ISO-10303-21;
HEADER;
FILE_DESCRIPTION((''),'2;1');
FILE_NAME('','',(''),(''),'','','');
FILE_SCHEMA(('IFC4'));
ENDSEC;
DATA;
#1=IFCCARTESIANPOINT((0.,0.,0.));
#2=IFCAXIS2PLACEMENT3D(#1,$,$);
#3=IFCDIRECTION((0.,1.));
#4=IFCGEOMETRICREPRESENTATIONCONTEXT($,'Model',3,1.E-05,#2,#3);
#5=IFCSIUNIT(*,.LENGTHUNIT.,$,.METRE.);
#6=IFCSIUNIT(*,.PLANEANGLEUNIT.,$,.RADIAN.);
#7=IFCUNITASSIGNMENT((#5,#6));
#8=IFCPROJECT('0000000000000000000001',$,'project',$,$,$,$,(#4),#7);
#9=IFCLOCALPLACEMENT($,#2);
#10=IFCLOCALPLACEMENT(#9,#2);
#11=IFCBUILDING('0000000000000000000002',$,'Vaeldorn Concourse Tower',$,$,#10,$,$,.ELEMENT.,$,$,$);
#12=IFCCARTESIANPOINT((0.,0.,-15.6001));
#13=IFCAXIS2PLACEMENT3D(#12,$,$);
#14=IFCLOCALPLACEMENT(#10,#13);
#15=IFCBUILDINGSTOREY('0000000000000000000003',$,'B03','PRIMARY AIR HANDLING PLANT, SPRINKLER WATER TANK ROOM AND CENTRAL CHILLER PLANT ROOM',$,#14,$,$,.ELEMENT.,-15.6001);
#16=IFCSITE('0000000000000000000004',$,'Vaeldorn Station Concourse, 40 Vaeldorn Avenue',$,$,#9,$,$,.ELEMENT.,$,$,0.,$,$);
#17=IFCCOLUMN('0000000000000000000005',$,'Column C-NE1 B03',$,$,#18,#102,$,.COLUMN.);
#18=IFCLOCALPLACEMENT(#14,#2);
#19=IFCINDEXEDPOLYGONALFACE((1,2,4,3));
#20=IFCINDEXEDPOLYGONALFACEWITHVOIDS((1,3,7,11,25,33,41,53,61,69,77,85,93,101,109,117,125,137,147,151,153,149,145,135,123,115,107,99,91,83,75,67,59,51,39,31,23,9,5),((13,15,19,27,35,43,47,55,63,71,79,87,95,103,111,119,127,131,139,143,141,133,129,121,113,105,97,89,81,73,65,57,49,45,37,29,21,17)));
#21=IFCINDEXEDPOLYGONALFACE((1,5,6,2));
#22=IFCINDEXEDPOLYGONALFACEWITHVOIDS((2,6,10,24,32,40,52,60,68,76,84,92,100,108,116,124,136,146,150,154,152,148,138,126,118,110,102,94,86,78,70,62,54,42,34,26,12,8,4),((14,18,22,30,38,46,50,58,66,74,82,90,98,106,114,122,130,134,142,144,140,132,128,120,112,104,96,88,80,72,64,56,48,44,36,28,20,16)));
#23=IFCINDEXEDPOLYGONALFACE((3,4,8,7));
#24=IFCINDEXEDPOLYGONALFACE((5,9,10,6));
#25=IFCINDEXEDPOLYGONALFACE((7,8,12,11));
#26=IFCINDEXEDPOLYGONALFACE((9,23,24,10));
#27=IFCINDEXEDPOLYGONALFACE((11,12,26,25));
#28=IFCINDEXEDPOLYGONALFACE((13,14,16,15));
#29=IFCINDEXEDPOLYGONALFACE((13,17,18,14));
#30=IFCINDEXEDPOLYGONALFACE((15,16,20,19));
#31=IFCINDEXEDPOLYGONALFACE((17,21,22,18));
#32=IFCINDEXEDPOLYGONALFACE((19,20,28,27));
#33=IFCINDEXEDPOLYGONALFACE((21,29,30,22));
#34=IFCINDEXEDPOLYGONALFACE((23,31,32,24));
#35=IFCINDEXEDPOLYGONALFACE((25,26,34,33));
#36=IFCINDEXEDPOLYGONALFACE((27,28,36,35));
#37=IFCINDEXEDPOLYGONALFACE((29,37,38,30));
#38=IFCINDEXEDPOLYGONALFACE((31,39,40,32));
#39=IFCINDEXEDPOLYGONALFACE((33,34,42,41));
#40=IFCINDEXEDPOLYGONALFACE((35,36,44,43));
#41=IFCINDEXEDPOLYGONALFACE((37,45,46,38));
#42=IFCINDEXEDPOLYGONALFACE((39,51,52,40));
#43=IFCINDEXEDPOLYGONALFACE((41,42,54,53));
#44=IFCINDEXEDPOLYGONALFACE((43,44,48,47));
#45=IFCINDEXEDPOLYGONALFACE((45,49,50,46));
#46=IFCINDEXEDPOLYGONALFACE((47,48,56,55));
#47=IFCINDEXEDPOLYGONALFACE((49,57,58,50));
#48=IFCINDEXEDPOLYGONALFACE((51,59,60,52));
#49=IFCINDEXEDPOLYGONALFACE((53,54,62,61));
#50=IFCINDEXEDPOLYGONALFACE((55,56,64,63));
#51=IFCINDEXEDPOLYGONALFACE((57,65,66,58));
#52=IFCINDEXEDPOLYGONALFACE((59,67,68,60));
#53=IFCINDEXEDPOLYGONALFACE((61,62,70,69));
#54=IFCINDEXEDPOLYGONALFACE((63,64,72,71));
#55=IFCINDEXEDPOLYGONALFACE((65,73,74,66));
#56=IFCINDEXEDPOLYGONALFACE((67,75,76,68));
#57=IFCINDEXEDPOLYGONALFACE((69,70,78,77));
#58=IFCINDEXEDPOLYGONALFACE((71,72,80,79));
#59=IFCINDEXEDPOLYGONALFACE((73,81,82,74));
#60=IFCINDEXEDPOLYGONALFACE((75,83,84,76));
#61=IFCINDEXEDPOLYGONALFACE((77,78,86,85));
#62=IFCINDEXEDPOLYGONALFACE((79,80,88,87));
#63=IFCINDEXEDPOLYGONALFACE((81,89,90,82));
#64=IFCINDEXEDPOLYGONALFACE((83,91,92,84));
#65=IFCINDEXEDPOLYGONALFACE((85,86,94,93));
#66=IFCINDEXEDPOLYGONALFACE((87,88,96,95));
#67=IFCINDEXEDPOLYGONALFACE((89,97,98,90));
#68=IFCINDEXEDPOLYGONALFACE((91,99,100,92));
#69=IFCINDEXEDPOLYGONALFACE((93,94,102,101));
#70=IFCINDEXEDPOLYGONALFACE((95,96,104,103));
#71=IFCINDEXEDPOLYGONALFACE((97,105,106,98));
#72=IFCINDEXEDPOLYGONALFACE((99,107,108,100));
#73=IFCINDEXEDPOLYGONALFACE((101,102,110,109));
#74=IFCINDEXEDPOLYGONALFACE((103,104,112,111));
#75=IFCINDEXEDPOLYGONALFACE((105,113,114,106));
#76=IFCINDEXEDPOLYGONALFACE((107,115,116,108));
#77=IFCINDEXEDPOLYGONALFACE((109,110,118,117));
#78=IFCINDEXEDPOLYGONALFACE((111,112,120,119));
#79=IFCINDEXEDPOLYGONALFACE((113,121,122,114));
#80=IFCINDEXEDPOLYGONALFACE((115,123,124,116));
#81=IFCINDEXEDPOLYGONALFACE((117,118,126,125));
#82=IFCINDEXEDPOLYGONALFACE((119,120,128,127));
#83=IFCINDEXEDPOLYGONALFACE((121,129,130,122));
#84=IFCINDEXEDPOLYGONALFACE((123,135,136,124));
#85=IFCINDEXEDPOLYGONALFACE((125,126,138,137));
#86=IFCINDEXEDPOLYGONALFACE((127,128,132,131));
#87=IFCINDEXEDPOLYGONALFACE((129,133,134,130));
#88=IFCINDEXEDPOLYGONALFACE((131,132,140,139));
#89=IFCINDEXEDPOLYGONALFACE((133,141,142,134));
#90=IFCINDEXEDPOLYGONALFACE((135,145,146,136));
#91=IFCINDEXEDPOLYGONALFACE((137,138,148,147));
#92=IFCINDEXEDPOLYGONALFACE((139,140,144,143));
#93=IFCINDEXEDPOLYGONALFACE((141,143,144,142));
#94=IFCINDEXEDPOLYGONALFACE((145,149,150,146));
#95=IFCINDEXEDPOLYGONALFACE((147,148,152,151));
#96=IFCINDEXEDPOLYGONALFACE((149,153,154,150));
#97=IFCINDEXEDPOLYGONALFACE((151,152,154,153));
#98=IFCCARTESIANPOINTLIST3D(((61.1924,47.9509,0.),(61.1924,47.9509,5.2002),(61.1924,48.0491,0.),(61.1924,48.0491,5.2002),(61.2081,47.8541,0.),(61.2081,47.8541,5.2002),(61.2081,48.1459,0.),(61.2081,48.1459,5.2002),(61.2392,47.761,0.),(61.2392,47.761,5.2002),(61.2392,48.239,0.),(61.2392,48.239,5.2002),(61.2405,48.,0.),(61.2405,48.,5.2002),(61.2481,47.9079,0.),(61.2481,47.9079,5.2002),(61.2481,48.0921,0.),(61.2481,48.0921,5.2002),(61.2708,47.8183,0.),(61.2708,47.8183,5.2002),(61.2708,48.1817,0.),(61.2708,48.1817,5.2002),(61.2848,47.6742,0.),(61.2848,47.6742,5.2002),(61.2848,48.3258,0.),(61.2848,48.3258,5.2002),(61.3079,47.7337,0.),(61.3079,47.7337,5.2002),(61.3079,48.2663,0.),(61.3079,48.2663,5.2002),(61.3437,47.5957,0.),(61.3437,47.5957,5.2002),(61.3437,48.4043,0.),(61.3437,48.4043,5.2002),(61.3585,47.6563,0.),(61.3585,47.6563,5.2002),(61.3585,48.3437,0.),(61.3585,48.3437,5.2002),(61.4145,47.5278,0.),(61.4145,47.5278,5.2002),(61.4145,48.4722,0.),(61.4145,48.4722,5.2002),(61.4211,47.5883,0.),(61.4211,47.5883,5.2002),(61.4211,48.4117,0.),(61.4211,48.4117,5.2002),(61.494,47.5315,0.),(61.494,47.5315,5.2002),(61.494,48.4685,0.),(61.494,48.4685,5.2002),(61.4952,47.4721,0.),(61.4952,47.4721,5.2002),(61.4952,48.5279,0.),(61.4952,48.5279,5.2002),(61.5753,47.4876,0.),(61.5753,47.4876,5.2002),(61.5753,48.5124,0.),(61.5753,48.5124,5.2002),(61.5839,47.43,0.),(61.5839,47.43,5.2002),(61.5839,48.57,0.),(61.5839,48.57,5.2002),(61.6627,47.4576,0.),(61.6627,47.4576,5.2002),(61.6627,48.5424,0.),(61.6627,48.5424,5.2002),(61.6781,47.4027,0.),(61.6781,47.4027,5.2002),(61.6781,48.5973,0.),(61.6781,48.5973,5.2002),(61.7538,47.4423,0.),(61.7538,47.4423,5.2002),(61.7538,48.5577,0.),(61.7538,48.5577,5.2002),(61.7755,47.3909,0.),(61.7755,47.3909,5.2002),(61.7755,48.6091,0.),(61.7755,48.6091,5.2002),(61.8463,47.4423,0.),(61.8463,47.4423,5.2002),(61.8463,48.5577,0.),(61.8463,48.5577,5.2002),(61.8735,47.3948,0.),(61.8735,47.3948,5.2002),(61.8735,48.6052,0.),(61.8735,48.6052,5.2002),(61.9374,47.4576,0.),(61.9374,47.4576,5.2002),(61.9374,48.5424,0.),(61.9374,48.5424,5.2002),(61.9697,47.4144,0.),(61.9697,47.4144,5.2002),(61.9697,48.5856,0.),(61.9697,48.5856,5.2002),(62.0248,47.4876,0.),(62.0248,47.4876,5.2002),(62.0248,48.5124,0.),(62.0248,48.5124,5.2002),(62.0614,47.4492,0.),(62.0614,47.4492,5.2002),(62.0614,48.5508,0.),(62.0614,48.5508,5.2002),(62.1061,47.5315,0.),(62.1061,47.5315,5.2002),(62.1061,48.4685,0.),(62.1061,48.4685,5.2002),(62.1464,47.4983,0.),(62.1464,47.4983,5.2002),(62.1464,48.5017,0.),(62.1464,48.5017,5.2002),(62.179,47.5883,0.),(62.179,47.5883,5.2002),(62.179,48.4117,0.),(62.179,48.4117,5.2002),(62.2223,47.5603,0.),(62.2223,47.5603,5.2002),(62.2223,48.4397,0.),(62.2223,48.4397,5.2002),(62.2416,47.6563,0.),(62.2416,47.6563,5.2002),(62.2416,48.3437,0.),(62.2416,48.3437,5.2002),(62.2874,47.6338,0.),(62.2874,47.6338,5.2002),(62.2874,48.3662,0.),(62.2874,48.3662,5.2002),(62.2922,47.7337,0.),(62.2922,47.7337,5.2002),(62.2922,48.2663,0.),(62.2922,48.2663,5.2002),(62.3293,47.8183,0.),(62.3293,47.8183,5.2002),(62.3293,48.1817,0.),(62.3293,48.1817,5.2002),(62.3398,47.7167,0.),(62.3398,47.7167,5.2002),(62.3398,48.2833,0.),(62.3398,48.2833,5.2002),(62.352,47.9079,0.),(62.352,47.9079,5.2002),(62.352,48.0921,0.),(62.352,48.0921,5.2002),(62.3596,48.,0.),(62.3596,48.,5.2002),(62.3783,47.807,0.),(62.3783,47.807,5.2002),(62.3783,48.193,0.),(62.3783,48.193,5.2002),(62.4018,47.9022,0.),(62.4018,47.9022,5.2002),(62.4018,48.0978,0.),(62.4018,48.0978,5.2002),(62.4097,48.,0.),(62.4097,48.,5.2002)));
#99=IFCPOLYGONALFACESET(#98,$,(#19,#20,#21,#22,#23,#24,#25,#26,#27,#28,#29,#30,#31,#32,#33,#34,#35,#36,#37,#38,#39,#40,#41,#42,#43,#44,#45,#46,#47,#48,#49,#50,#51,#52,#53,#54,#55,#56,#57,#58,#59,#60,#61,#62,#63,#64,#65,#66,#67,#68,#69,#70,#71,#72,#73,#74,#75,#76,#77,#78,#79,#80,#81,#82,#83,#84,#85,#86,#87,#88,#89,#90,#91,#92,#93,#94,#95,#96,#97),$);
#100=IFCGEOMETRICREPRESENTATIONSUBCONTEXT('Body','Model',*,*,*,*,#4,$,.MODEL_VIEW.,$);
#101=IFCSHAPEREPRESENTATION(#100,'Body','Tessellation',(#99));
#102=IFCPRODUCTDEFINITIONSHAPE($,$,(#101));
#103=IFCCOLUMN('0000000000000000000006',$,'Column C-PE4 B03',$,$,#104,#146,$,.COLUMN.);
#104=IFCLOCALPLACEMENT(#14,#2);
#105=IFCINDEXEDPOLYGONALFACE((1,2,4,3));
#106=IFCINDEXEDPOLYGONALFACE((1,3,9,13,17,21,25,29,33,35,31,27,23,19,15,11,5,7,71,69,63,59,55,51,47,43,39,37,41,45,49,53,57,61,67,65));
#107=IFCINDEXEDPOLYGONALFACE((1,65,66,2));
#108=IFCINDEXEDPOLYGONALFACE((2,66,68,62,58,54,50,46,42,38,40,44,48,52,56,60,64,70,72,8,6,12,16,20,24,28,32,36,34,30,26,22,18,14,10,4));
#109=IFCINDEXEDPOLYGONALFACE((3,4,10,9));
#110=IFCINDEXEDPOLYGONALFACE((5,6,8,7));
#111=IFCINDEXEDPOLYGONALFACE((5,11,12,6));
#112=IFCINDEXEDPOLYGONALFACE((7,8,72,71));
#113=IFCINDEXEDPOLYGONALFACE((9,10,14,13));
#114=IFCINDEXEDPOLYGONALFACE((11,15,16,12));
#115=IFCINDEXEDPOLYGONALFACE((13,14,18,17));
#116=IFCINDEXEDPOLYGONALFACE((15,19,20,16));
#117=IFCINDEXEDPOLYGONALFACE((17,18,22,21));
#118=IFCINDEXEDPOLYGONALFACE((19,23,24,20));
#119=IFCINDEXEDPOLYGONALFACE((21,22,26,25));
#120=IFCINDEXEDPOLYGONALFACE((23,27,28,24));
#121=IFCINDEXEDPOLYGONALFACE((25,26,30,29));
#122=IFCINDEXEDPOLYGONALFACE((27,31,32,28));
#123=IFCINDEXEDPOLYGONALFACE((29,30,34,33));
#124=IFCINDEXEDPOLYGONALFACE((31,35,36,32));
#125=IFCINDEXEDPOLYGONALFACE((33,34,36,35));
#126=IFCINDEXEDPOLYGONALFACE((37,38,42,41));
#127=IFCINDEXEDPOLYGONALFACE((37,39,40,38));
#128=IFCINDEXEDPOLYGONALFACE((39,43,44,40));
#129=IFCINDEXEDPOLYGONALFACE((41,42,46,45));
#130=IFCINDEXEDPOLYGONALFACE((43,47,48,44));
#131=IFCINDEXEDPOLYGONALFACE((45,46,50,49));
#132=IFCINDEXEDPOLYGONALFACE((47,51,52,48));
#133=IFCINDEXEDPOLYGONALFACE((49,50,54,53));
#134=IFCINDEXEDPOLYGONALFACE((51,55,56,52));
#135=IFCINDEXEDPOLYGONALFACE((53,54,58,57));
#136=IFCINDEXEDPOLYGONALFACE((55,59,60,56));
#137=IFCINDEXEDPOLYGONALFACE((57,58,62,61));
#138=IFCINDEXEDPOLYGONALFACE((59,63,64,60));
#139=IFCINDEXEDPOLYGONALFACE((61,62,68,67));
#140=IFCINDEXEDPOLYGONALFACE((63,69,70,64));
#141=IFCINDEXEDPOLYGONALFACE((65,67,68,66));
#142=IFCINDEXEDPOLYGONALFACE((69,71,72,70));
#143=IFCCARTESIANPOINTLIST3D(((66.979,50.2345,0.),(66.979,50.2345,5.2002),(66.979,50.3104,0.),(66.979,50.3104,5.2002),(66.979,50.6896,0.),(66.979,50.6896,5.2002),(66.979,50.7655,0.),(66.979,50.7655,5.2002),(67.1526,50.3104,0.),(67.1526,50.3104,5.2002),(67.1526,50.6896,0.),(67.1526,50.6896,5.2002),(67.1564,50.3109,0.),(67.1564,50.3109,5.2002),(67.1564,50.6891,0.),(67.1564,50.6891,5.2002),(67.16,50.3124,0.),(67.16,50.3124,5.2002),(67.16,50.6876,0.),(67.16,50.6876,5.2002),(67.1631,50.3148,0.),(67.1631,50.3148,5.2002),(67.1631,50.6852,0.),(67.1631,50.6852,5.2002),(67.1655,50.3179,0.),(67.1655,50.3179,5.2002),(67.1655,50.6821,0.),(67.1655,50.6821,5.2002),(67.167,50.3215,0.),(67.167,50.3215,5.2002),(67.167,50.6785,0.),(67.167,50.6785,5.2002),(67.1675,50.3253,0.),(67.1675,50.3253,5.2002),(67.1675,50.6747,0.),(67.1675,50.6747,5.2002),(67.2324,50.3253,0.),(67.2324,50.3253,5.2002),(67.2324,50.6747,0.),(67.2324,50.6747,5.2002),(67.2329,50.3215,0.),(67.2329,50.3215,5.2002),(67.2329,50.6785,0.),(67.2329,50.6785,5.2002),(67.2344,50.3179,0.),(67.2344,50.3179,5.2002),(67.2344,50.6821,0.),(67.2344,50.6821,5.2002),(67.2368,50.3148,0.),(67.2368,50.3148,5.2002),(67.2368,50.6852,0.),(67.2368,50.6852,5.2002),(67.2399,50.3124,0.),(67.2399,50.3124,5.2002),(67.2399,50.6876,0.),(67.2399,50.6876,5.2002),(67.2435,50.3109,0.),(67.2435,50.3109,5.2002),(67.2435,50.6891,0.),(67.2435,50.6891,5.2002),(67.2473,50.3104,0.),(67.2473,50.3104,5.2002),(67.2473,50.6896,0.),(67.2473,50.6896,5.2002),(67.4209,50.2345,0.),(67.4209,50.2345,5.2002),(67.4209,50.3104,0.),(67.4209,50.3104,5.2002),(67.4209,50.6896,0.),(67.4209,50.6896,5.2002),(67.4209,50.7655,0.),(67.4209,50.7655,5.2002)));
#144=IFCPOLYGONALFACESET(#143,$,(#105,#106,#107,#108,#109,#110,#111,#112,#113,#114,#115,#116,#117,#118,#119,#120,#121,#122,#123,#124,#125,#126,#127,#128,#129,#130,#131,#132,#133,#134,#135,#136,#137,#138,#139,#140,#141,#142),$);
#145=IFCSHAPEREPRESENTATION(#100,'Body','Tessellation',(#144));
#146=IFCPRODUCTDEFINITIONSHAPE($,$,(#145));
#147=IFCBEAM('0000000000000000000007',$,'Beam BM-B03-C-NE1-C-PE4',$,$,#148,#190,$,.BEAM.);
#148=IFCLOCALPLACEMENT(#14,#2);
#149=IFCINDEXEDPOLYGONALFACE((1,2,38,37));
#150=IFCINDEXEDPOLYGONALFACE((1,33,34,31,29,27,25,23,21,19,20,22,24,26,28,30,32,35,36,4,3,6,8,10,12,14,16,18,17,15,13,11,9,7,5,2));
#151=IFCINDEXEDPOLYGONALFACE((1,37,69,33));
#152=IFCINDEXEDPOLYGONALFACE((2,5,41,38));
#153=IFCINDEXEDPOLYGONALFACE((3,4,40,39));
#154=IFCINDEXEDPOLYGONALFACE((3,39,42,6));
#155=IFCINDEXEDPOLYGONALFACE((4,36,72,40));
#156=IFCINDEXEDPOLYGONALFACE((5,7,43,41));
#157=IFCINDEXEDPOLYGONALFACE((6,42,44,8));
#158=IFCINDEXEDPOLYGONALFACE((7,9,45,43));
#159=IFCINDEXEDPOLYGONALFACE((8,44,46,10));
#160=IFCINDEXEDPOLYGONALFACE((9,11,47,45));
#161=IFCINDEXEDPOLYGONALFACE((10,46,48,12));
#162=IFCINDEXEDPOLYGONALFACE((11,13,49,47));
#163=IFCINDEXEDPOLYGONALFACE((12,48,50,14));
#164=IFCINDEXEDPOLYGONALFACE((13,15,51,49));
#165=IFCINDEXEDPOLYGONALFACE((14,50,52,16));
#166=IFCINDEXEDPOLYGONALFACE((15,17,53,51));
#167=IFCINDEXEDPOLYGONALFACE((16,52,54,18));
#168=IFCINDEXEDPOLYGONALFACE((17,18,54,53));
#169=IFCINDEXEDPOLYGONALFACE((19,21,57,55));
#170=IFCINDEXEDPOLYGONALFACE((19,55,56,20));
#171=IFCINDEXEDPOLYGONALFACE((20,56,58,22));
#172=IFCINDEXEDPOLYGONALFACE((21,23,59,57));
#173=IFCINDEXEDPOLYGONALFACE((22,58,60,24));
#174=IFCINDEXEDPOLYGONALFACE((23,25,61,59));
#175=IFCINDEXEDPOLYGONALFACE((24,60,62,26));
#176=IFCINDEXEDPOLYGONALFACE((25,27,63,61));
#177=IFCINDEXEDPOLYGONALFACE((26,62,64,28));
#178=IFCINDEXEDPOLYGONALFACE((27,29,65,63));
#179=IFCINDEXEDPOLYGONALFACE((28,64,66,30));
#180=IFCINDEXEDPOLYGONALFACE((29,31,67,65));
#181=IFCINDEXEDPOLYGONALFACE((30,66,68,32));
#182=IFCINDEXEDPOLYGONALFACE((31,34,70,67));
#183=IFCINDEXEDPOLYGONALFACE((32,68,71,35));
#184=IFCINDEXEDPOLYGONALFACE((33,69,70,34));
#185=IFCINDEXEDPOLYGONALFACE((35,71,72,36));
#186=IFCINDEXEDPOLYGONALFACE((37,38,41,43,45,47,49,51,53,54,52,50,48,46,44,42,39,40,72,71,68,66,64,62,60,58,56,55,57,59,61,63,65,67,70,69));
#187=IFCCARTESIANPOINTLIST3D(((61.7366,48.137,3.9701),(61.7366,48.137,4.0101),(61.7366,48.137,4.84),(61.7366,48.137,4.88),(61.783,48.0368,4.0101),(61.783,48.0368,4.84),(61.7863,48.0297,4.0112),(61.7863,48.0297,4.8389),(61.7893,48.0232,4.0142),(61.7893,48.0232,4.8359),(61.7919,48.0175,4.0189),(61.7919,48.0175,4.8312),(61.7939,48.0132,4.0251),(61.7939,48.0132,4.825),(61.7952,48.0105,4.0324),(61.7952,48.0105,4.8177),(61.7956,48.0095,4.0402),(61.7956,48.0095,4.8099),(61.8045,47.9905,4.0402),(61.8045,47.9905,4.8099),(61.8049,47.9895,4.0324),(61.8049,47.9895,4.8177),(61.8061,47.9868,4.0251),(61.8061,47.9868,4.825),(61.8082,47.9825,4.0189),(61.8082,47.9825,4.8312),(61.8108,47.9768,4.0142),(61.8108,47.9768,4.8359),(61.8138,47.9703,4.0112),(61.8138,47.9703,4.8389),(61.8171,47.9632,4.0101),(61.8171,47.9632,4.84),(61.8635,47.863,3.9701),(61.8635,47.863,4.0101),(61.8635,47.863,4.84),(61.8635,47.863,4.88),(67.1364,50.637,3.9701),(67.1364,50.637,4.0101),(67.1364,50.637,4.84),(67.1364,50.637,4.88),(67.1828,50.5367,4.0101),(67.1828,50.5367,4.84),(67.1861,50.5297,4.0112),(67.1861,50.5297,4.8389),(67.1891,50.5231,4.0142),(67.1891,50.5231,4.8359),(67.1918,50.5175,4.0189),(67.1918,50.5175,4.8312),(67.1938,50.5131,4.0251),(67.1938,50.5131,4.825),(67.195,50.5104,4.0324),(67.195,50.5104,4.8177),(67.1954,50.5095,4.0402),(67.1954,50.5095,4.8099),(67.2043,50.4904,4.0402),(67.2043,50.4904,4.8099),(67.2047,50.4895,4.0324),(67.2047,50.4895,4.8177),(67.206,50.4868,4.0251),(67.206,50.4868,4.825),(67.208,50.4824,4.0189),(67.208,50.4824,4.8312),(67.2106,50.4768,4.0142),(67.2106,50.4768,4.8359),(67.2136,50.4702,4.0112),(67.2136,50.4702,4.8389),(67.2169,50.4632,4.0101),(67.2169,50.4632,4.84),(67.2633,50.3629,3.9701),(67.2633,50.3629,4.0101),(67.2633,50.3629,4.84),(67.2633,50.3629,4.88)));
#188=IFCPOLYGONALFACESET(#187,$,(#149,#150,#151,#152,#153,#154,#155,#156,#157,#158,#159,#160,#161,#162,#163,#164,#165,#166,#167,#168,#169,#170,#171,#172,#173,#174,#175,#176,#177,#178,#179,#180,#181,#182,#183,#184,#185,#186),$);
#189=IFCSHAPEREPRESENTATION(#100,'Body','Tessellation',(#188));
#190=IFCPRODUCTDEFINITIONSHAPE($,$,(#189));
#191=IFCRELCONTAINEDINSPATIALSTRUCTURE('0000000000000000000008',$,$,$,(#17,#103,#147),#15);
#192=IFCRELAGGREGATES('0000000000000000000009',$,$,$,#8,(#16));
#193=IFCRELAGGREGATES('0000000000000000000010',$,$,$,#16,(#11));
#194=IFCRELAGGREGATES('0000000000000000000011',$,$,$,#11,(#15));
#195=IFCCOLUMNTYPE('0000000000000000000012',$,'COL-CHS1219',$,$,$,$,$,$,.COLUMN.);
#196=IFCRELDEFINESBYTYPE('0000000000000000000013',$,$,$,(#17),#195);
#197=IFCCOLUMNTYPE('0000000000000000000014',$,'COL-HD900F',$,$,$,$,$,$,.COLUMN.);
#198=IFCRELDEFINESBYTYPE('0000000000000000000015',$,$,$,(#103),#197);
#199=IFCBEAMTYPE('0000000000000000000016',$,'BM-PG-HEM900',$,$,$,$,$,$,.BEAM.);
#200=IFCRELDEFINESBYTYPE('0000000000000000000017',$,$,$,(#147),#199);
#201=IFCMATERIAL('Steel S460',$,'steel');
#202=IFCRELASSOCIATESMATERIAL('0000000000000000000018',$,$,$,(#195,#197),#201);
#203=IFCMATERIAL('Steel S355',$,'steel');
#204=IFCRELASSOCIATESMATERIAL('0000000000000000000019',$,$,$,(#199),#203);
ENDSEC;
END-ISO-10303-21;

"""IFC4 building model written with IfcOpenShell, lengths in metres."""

from ifc_helpers import new_model, si_unit, direction, frame, origin, origin_2d, place, context, subcontext, project, spatial, hollow_circle, i_section, extrude, source, transform, mapped, material, material_profile, profile_set, type_object, element, save


model = new_model("IFC4")

# Units and contexts
model_context = context("Model", 3, precision=1e-05, world=origin(), true_north=direction((0.0, 1.0)))
body_context = subcontext(model_context, "Body", "Model", "MODEL_VIEW")
ifc_project = project(units=[si_unit("LENGTHUNIT", "METRE"), si_unit("PLANEANGLEUNIT", "RADIAN")], contexts=[model_context])

# Site, building, storey
site_placement = place(None, origin())
site = spatial("IfcSite", under=ifc_project, at=site_placement, Name="Vaeldorn Station Concourse, 40 Vaeldorn Avenue", CompositionType="ELEMENT", RefElevation=0.0)
building_placement = place(site_placement, origin())
building = spatial("IfcBuilding", under=site, at=building_placement, Name="Vaeldorn Concourse Tower", CompositionType="ELEMENT")
storey_placement = place(building_placement, frame((0.0, 0.0, -15.6001)))
storey = spatial("IfcBuildingStorey", under=building, at=storey_placement, Name="B03", Description="PRIMARY AIR HANDLING PLANT, SPRINKLER WATER TANK ROOM AND CENTRAL CHILLER PLANT ROOM", CompositionType="ELEMENT", Elevation=-15.6001)

# Columns
ifc_material_1 = material(Name="Steel S460", Category="steel")
ifc_material_profile_1 = material_profile(ifc_material_1, hollow_circle(Radius=0.6096, WallThickness=0.05, at=origin_2d()), Name="CHS 1219x50")
ifc_profile_set_1 = profile_set([ifc_material_profile_1], Name="Steel S460")
column_type_1 = type_object("IfcColumnType", Name="COL-CHS1219", PredefinedType="COLUMN", material=ifc_profile_set_1)
shared_shape_1 = source(origin(), body_context, "Body", "SweptSolid", [
    extrude(hollow_circle(Radius=0.6096, WallThickness=0.05, at=origin_2d()), origin(), (0.0, 0.0, 1.0), 5.2002),
])
column_1_placement = place(storey_placement, frame((61.8, 48.0, 0.0), z_axis=(0.0, 0.0, 1.0), x_axis=(1.0, 0.0, 0.0)))
element("IfcColumn", 1, at=column_1_placement, inside=storey, type_object=column_type_1, Name="Column C-NE1 B03", PredefinedType="COLUMN", context=body_context, shape_type="MappedRepresentation", body=[
    mapped(shared_shape_1, transform((0.0, 0.0, 0.0), scale=1.0)),
])
ifc_material_profile_2 = material_profile(ifc_material_1, i_section(OverallWidth=0.4419, OverallDepth=0.531, WebThickness=0.0649, FlangeThickness=0.0759, FilletRadius=0.0149, at=origin_2d()), Name="HD 400x900")
ifc_profile_set_2 = profile_set([ifc_material_profile_2], Name="Steel S460")
column_type_2 = type_object("IfcColumnType", Name="COL-HD900F", PredefinedType="COLUMN", material=ifc_profile_set_2)
shared_shape_2 = source(origin(), body_context, "Body", "SweptSolid", [
    extrude(i_section(OverallWidth=0.4419, OverallDepth=0.531, WebThickness=0.0649, FlangeThickness=0.0759, FilletRadius=0.0149, at=origin_2d()), origin(), (0.0, 0.0, 1.0), 5.2002),
])
column_2_placement = place(storey_placement, frame((67.2, 50.5, 0.0), z_axis=(0.0, 0.0, 1.0), x_axis=(1.0, 0.0, 0.0)))
element("IfcColumn", 2, at=column_2_placement, inside=storey, type_object=column_type_2, Name="Column C-PE4 B03", PredefinedType="COLUMN", context=body_context, shape_type="MappedRepresentation", body=[
    mapped(shared_shape_2, transform((0.0, 0.0, 0.0), scale=1.0)),
])

# Beam
ifc_material_2 = material(Name="Steel S355", Category="steel")
ifc_material_profile_3 = material_profile(ifc_material_2, i_section(OverallWidth=0.302, OverallDepth=0.9099, WebThickness=0.021, FlangeThickness=0.04, FilletRadius=0.03, at=origin_2d()), Name="HEM 900")
ifc_profile_set_3 = profile_set([ifc_material_profile_3], Name="Steel S355")
beam_type = type_object("IfcBeamType", Name="BM-PG-HEM900", PredefinedType="BEAM", material=ifc_profile_set_3)
shared_shape_3 = source(origin(), body_context, "Body", "SweptSolid", [
    extrude(i_section(OverallWidth=0.302, OverallDepth=0.9099, WebThickness=0.021, FlangeThickness=0.04, FilletRadius=0.03, at=origin_2d()), origin(), (0.0, 0.0, 1.0), 5.9504),
])
beam_1_placement = place(storey_placement, frame((61.8, 48.0, 4.425), z_axis=(0.907464, 0.42013, 0.0), x_axis=(-0.42013, 0.907464, 0.0)))
element("IfcBeam", 3, at=beam_1_placement, inside=storey, type_object=beam_type, Name="Beam BM-B03-C-NE1-C-PE4", PredefinedType="BEAM", context=body_context, shape_type="MappedRepresentation", body=[
    mapped(shared_shape_3, transform((0.0, 0.0, 0.0), scale=1.0)),
])

save(model, "model.ifc")
